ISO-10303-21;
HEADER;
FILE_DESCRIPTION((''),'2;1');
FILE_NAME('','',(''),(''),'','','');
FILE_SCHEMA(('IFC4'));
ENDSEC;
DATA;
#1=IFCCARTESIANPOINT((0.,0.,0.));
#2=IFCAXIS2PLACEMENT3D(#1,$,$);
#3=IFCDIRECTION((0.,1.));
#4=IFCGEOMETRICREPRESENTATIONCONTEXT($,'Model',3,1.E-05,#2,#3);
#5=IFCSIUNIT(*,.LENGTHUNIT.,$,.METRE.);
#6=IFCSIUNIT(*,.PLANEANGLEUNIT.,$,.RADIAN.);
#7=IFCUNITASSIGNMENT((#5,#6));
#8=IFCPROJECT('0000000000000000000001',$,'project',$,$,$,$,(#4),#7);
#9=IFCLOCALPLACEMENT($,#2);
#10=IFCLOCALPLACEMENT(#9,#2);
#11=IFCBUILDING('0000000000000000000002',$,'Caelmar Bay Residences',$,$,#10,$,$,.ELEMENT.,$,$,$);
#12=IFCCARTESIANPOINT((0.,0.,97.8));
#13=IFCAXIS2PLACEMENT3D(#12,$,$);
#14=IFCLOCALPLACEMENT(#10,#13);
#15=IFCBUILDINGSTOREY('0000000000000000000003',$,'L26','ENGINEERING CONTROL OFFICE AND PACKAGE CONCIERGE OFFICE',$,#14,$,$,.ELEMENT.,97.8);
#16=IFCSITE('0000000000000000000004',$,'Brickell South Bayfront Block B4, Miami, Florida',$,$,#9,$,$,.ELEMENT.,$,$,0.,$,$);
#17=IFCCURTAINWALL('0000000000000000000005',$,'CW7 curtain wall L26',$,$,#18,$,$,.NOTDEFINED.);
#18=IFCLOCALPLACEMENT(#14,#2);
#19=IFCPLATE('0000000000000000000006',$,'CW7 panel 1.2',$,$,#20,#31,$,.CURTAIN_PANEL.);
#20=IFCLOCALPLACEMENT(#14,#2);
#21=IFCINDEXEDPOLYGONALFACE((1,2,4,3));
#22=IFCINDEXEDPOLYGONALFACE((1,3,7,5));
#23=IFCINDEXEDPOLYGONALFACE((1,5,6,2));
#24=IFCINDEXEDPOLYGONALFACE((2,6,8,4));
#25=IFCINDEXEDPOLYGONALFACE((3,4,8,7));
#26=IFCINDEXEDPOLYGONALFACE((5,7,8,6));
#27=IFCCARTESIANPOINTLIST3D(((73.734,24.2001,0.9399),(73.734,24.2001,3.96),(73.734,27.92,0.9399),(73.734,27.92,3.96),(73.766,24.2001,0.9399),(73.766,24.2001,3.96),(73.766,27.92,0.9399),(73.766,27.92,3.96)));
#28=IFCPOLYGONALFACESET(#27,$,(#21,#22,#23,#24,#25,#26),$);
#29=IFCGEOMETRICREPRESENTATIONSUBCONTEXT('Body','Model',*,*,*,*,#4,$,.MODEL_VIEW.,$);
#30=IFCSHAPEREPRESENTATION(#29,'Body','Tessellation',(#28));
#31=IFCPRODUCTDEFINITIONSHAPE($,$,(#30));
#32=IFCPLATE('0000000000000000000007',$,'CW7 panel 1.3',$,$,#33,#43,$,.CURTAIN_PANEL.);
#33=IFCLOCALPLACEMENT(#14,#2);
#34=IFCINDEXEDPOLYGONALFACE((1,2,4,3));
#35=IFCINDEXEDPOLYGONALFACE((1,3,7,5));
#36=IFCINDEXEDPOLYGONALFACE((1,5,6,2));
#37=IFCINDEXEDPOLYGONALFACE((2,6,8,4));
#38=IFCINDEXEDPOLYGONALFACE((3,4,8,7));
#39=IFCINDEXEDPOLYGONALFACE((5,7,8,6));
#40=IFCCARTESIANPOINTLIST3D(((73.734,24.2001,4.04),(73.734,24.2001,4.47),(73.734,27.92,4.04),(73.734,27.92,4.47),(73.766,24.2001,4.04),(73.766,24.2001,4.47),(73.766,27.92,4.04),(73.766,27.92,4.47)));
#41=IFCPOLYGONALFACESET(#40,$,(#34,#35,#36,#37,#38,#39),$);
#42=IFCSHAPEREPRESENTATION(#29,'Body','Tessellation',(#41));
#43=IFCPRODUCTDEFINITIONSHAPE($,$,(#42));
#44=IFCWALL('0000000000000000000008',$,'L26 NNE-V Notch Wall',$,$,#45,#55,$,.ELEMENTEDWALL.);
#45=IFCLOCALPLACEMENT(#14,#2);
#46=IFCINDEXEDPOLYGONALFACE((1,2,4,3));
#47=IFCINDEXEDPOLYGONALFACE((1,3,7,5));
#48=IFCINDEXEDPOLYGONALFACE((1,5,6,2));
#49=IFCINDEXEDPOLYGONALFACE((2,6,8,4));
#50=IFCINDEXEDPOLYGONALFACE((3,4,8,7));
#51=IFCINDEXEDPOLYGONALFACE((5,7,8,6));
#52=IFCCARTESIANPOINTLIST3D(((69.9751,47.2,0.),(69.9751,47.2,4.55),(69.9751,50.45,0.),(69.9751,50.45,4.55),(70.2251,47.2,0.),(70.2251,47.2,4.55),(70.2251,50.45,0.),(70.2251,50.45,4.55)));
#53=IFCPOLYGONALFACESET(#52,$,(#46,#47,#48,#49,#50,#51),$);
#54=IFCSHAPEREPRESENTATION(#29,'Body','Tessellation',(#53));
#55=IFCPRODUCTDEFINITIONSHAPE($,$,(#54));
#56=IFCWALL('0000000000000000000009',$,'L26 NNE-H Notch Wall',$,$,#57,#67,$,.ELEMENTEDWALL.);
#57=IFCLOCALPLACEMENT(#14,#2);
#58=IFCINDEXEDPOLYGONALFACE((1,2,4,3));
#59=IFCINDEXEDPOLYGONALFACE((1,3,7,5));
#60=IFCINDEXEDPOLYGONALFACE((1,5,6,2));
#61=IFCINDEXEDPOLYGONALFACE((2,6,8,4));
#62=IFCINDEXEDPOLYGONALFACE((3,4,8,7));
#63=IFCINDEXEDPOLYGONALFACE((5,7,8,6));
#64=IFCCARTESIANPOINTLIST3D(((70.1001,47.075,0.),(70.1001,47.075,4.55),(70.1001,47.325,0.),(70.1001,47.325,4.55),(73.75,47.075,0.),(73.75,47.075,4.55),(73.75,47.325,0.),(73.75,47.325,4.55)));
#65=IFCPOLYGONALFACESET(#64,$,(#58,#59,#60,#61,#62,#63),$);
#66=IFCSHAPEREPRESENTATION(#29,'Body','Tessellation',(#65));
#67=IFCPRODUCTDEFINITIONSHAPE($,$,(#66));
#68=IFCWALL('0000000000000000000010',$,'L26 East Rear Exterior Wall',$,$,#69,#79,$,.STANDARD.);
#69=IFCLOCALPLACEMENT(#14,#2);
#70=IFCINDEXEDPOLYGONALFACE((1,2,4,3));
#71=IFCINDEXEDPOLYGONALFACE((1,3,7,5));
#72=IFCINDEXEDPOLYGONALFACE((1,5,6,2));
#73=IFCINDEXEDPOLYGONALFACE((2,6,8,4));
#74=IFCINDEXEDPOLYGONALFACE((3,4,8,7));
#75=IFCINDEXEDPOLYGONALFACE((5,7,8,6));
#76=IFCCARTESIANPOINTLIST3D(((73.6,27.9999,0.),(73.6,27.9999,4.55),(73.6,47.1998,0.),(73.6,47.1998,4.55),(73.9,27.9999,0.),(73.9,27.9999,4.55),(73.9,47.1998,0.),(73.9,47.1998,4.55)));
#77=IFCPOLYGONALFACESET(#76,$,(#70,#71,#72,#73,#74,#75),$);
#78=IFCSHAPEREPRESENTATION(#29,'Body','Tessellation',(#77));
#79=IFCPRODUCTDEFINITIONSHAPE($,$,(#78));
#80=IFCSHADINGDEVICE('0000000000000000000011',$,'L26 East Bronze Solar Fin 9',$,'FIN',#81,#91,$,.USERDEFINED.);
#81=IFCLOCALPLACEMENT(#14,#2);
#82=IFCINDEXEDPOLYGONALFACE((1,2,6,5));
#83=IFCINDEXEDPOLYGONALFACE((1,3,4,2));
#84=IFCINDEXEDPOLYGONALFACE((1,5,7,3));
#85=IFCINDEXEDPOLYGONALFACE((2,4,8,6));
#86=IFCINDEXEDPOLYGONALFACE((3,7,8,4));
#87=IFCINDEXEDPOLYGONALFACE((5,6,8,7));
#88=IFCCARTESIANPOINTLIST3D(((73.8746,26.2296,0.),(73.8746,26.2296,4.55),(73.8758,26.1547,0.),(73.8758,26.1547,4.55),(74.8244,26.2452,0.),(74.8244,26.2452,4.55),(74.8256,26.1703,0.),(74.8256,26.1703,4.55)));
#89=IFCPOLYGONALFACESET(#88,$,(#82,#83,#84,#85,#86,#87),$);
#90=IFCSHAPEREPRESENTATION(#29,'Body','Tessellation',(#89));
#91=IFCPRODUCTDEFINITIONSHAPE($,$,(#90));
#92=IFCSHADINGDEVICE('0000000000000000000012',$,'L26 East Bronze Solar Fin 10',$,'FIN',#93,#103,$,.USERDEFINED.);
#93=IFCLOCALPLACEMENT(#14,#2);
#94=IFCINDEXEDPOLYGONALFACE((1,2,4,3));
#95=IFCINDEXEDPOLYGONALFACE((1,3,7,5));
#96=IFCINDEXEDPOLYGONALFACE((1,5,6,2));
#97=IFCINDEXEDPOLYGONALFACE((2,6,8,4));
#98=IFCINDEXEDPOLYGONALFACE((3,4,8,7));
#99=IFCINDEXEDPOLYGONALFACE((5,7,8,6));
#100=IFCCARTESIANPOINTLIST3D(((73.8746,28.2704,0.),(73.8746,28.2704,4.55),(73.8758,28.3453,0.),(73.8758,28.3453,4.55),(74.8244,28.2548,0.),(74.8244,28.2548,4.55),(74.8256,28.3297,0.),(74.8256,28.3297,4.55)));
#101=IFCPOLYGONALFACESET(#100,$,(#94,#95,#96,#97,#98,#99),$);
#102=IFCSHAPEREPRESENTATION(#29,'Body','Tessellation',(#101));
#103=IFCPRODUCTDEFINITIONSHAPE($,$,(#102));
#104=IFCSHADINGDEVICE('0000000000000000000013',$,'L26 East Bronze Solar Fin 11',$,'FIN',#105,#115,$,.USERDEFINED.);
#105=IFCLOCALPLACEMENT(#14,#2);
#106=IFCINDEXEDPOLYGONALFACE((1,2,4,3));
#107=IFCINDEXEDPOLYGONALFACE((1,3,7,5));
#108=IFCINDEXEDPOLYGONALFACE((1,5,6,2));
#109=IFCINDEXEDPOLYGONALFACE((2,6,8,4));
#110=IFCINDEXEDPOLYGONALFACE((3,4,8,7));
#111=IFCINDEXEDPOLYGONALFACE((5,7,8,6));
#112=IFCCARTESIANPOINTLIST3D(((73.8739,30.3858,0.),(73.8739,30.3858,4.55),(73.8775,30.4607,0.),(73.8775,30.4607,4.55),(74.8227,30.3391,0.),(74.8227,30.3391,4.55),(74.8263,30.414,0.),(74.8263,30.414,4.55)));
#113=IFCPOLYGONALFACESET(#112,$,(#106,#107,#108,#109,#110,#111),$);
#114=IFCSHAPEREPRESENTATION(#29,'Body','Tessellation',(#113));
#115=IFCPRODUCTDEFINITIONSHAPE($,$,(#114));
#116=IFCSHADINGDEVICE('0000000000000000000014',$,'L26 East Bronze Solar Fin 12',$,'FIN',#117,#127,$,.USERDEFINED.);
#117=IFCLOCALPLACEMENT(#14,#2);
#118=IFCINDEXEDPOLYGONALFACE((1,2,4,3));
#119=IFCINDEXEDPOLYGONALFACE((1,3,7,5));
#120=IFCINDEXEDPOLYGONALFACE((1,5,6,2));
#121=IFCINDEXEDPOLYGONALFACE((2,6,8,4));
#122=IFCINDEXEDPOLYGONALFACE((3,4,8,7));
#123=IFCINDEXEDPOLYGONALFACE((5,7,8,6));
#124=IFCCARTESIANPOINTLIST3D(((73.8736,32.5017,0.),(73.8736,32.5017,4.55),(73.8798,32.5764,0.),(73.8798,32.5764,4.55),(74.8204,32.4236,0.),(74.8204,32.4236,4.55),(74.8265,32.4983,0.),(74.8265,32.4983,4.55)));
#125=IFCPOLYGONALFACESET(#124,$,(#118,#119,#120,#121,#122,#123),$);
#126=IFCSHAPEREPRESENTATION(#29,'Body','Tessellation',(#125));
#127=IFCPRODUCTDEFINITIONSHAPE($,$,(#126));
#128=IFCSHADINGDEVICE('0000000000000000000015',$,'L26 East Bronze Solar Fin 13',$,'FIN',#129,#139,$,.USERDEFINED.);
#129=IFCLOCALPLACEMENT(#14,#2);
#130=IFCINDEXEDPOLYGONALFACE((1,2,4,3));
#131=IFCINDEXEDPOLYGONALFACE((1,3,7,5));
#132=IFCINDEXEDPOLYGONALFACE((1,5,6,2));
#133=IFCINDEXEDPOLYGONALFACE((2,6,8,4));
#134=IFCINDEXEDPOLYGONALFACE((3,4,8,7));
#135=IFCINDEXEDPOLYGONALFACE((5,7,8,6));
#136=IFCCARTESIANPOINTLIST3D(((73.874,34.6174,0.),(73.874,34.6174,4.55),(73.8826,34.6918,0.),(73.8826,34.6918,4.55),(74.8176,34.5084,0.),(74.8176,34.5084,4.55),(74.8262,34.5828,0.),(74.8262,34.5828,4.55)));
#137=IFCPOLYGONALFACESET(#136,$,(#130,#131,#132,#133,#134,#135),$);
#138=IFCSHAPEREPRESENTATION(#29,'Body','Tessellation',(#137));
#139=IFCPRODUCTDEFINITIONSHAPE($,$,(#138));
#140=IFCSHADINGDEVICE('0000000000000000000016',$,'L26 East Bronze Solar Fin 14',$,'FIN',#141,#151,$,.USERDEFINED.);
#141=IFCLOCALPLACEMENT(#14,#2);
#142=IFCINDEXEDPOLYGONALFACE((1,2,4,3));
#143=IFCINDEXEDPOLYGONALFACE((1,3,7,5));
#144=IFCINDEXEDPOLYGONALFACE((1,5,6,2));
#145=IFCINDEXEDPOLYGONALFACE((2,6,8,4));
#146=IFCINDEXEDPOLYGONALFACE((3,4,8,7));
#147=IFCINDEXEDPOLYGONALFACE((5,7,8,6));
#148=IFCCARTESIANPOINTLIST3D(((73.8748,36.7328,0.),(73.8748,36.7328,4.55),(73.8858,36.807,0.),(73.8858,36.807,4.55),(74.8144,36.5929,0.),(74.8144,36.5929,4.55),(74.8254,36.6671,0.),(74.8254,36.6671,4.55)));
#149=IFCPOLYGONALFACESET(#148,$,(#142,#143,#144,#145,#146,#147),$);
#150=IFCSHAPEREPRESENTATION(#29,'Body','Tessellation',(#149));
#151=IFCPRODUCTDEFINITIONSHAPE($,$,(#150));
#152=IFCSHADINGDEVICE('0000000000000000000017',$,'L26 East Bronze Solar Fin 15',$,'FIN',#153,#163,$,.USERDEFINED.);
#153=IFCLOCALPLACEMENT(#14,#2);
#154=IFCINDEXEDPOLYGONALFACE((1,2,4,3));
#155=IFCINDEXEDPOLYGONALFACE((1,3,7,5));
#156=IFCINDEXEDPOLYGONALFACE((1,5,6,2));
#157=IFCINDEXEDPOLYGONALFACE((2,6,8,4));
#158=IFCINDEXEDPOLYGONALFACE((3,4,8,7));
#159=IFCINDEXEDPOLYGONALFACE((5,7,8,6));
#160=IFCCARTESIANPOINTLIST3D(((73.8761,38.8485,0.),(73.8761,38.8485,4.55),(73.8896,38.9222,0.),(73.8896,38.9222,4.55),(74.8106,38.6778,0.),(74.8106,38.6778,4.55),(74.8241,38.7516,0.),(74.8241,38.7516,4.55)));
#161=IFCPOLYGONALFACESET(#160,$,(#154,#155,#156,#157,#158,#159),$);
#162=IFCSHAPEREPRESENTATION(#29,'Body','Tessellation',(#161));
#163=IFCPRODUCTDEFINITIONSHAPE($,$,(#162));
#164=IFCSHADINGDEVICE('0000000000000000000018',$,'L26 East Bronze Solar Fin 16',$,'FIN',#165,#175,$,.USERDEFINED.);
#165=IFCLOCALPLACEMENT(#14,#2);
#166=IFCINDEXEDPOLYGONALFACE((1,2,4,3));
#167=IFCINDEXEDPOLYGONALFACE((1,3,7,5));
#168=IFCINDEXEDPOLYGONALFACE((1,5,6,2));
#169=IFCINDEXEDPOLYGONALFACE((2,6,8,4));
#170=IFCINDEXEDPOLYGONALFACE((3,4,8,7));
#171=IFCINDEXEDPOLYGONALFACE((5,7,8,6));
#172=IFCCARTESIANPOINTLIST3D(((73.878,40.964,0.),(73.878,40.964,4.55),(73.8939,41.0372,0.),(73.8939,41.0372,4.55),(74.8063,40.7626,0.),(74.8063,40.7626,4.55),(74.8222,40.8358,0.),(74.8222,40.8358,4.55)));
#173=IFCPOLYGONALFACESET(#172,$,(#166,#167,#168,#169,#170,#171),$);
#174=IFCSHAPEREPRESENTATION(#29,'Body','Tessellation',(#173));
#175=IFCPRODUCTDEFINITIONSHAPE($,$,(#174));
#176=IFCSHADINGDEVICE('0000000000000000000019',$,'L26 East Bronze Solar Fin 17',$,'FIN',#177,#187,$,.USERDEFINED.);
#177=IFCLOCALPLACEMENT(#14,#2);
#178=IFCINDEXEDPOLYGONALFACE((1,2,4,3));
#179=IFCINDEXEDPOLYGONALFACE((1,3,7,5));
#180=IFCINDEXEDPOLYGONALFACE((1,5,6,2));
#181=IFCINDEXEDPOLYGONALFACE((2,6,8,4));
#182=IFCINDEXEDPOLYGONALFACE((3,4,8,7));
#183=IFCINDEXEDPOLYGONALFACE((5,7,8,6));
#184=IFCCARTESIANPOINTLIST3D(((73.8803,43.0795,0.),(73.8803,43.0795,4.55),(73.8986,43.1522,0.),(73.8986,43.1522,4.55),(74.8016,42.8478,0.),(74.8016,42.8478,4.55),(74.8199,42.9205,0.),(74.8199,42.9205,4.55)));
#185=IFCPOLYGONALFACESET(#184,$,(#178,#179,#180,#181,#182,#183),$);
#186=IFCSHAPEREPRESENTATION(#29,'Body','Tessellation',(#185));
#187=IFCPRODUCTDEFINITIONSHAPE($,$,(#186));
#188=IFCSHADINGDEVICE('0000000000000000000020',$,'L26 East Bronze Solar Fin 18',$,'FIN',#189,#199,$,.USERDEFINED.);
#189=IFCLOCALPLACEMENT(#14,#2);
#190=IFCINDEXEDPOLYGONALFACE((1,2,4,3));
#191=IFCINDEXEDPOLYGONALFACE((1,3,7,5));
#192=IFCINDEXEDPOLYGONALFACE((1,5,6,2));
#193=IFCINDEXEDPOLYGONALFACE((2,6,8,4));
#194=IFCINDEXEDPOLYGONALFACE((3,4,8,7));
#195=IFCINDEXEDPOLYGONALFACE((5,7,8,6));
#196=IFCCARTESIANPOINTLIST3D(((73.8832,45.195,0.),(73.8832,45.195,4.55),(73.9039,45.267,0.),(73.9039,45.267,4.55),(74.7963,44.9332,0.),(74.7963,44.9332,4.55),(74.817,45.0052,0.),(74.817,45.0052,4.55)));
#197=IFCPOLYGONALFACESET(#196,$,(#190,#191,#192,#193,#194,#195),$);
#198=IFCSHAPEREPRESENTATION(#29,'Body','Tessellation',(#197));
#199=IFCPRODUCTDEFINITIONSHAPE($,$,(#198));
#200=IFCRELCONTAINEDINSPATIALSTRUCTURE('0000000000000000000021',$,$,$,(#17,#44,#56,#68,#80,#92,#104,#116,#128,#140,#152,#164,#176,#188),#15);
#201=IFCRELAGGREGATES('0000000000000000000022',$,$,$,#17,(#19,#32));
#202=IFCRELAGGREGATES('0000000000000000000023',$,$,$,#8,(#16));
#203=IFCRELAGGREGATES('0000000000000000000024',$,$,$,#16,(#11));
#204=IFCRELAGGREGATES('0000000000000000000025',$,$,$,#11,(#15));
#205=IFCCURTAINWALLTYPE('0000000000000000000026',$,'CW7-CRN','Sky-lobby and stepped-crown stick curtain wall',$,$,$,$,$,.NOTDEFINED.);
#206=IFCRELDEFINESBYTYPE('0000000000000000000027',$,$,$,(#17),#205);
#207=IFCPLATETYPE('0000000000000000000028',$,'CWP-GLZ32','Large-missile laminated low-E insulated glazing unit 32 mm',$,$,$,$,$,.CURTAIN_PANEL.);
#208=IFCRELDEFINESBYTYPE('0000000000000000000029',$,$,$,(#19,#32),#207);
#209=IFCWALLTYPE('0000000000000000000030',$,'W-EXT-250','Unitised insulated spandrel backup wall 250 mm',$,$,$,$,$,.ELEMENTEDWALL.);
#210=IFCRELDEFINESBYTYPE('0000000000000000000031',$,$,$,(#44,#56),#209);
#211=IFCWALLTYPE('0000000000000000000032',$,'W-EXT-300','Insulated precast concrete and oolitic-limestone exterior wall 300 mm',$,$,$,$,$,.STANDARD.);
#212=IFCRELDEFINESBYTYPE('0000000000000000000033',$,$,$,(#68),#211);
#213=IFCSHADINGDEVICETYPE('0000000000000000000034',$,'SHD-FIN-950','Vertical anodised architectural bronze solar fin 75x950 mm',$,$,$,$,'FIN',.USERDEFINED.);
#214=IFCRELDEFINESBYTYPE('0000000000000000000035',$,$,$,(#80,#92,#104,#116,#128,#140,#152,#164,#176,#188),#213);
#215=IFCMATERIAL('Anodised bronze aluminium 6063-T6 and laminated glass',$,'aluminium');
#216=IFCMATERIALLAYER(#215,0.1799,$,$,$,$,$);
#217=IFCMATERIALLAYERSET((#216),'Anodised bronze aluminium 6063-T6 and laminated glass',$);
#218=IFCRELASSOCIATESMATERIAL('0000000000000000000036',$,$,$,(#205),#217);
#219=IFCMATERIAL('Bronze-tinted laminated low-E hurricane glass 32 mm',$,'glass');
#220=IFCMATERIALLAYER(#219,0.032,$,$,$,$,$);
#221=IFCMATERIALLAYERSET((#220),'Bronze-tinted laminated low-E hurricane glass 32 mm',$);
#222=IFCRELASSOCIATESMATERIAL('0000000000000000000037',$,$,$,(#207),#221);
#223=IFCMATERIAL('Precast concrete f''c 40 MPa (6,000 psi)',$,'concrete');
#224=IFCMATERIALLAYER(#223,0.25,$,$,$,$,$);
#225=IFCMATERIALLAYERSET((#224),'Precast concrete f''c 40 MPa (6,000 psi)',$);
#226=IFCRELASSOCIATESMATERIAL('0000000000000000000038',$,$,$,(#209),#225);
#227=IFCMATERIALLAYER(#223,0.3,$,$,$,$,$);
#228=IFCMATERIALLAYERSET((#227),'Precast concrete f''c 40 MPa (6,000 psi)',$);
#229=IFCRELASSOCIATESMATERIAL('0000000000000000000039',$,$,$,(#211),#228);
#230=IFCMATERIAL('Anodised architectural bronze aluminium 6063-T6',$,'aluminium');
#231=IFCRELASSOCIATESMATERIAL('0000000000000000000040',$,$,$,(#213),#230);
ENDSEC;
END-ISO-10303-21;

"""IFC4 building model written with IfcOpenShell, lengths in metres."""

from ifc_helpers import new_model, si_unit, direction, frame, frame_2d, origin, origin_2d, place, context, subcontext, project, spatial, rectangle, extrude, material, layer, layer_set, material_profile, profile_set, type_object, element, aggregate, save


model = new_model("IFC4")

# Units and contexts
model_context = context("Model", 3, precision=1e-05, world=origin(), true_north=direction((0.0, 1.0)))
body_context = subcontext(model_context, "Body", "Model", "MODEL_VIEW")
ifc_project = project(units=[si_unit("LENGTHUNIT", "METRE"), si_unit("PLANEANGLEUNIT", "RADIAN")], contexts=[model_context])

# Site, building, storey
site_placement = place(None, origin())
site = spatial("IfcSite", under=ifc_project, at=site_placement, Name="Brickell South Bayfront Block B4, Miami, Florida", CompositionType="ELEMENT", RefElevation=0.0)
building_placement = place(site_placement, origin())
building = spatial("IfcBuilding", under=site, at=building_placement, Name="Caelmar Bay Residences", CompositionType="ELEMENT")
storey_placement = place(building_placement, frame((0.0, 0.0, 97.8)))
storey = spatial("IfcBuildingStorey", under=building, at=storey_placement, Name="L26", Description="ENGINEERING CONTROL OFFICE AND PACKAGE CONCIERGE OFFICE", CompositionType="ELEMENT", Elevation=97.8)

# Curtain wall, plates
ifc_material_1 = material(Name="Anodised bronze aluminium 6063-T6 and laminated glass", Category="aluminium")
ifc_layer_1 = layer(ifc_material_1, 0.1799)
ifc_layer_set_1 = layer_set([ifc_layer_1], Name="Anodised bronze aluminium 6063-T6 and laminated glass")
curtain_wall_type = type_object("IfcCurtainWallType", Name="CW7-CRN", Description="Sky-lobby and stepped-crown stick curtain wall", PredefinedType="NOTDEFINED", material=ifc_layer_set_1)
curtain_wall_placement = place(storey_placement, origin())
curtain_wall = element("IfcCurtainWall", 1, at=curtain_wall_placement, inside=storey, type_object=curtain_wall_type, Name="CW7 curtain wall L26", PredefinedType="NOTDEFINED")
ifc_material_2 = material(Name="Bronze-tinted laminated low-E hurricane glass 32 mm", Category="glass")
ifc_layer_2 = layer(ifc_material_2, 0.032)
ifc_layer_set_2 = layer_set([ifc_layer_2], Name="Bronze-tinted laminated low-E hurricane glass 32 mm")
plate_type = type_object("IfcPlateType", Name="CWP-GLZ32", Description="Large-missile laminated low-E insulated glazing unit 32 mm", PredefinedType="CURTAIN_PANEL", material=ifc_layer_set_2)
plate_1_placement = place(storey_placement, frame((73.75, 26.0601, 0.9399), z_axis=(0.0, 0.0, 1.0), x_axis=(0.0, -1.0, 0.0)))
plate_1 = element("IfcPlate", 2, at=plate_1_placement, type_object=plate_type, Name="CW7 panel 1.2", PredefinedType="CURTAIN_PANEL", context=body_context, shape_type="SweptSolid", body=[
    extrude(rectangle(XDim=3.72, YDim=0.032, at=origin_2d()), origin(), (0.0, 0.0, 1.0), 3.02),
])
plate_2_placement = place(storey_placement, frame((73.75, 26.0601, 4.04), z_axis=(0.0, 0.0, 1.0), x_axis=(0.0, -1.0, 0.0)))
plate_2 = element("IfcPlate", 3, at=plate_2_placement, type_object=plate_type, Name="CW7 panel 1.3", PredefinedType="CURTAIN_PANEL", context=body_context, shape_type="SweptSolid", body=[
    extrude(rectangle(XDim=3.72, YDim=0.032, at=origin_2d()), origin(), (0.0, 0.0, 1.0), 0.4299),
])
aggregate(curtain_wall, [plate_1, plate_2])

# Walls
ifc_material_3 = material(Name="Precast concrete f'c 40 MPa (6,000 psi)", Category="concrete")
ifc_layer_3 = layer(ifc_material_3, 0.25)
ifc_layer_set_3 = layer_set([ifc_layer_3], Name="Precast concrete f'c 40 MPa (6,000 psi)")
wall_type_1 = type_object("IfcWallType", Name="W-EXT-250", Description="Unitised insulated spandrel backup wall 250 mm", PredefinedType="ELEMENTEDWALL", material=ifc_layer_set_3)
wall_1_placement = place(storey_placement, frame((70.1001, 50.45, 0.0), z_axis=(0.0, 0.0, 1.0), x_axis=(0.0, -1.0, 0.0)))
element("IfcWall", 4, at=wall_1_placement, inside=storey, type_object=wall_type_1, Name="L26 NNE-V Notch Wall", PredefinedType="ELEMENTEDWALL", context=body_context, shape_type="SweptSolid", body=[
    extrude(rectangle(XDim=3.25, YDim=0.25, at=frame_2d((1.625, 0.0))), origin(), (0.0, 0.0, 1.0), 4.55),
])
wall_2_placement = place(storey_placement, frame((70.1001, 47.2, 0.0), z_axis=(0.0, 0.0, 1.0), x_axis=(1.0, 0.0, 0.0)))
element("IfcWall", 5, at=wall_2_placement, inside=storey, type_object=wall_type_1, Name="L26 NNE-H Notch Wall", PredefinedType="ELEMENTEDWALL", context=body_context, shape_type="SweptSolid", body=[
    extrude(rectangle(XDim=3.6499, YDim=0.25, at=frame_2d((1.825, 0.0))), origin(), (0.0, 0.0, 1.0), 4.55),
])
ifc_layer_4 = layer(ifc_material_3, 0.3)
ifc_layer_set_4 = layer_set([ifc_layer_4], Name="Precast concrete f'c 40 MPa (6,000 psi)")
wall_type_2 = type_object("IfcWallType", Name="W-EXT-300", Description="Insulated precast concrete and oolitic-limestone exterior wall 300 mm", PredefinedType="STANDARD", material=ifc_layer_set_4)
wall_3_placement = place(storey_placement, frame((73.75, 47.2, 0.0), z_axis=(0.0, 0.0, 1.0), x_axis=(0.0, -1.0, 0.0)))
element("IfcWall", 6, at=wall_3_placement, inside=storey, type_object=wall_type_2, Name="L26 East Rear Exterior Wall", PredefinedType="STANDARD", context=body_context, shape_type="SweptSolid", body=[
    extrude(rectangle(XDim=19.2, YDim=0.3, at=frame_2d((9.6001, 0.0))), origin(), (0.0, 0.0, 1.0), 4.55),
])

# Shading devices
ifc_material_4 = material(Name="Anodised architectural bronze aluminium 6063-T6", Category="aluminium")
ifc_material_profile_1 = material_profile(ifc_material_4, rectangle(XDim=0.075, YDim=0.95, at=origin_2d()), Name="BRONZE-FIN-75X950")
ifc_profile_set_1 = profile_set([ifc_material_profile_1], Name="Anodised architectural bronze aluminium 6063-T6")
shading_device_type = type_object("IfcShadingDeviceType", Name="SHD-FIN-950", Description="Vertical anodised architectural bronze solar fin 75x950 mm", ElementType="FIN", PredefinedType="USERDEFINED", material=ifc_profile_set_1)
for number, where, z_axis, x_axis, name in (
    (7, (74.3501, 26.2, 0.0), (0.0, 0.0, 1.0), (-0.016405, 0.999865, 0.0), "L26 East Bronze Solar Fin 9"),
    (8, (74.3501, 28.3, 0.0), (0.0, 0.0, 1.0), (0.016405, 0.999865, 0.0), "L26 East Bronze Solar Fin 10"),
    (9, (74.3501, 30.3999, 0.0), (0.0, 0.0, 1.0), (0.049198, 0.998789, 0.0), "L26 East Bronze Solar Fin 11"),
    (10, (74.3501, 32.5, 0.0), (0.0, 0.0, 1.0), (0.082112, 0.996623, 0.0), "L26 East Bronze Solar Fin 12"),
    (11, (74.3501, 34.6001, 0.0), (0.0, 0.0, 1.0), (0.114764, 0.993393, 0.0), "L26 East Bronze Solar Fin 13"),
    (12, (74.3501, 36.7, 0.0), (0.0, 0.0, 1.0), (0.147292, 0.989093, 0.0), "L26 East Bronze Solar Fin 14"),
    (13, (74.3501, 38.8, 0.0), (0.0, 0.0, 1.0), (0.179661, 0.983729, 0.0), "L26 East Bronze Solar Fin 15"),
    (14, (74.3501, 40.8999, 0.0), (0.0, 0.0, 1.0), (0.212007, 0.977268, 0.0), "L26 East Bronze Solar Fin 16"),
    (15, (74.3501, 43.0, 0.0), (0.0, 0.0, 1.0), (0.243954, 0.969787, 0.0), "L26 East Bronze Solar Fin 17"),
    (16, (74.3501, 45.1001, 0.0), (0.0, 0.0, 1.0), (0.275637, 0.961262, 0.0), "L26 East Bronze Solar Fin 18"),
):
    element("IfcShadingDevice", number, at=place(storey_placement, frame(where, z_axis=z_axis, x_axis=x_axis)), inside=storey, type_object=shading_device_type, Name=name, ObjectType="FIN", PredefinedType="USERDEFINED", context=body_context, shape_type="SweptSolid", body=[
        extrude(rectangle(XDim=0.075, YDim=0.95, at=origin_2d()), origin(), (0.0, 0.0, 1.0), 4.55),
    ])

save(model, "model.ifc")
